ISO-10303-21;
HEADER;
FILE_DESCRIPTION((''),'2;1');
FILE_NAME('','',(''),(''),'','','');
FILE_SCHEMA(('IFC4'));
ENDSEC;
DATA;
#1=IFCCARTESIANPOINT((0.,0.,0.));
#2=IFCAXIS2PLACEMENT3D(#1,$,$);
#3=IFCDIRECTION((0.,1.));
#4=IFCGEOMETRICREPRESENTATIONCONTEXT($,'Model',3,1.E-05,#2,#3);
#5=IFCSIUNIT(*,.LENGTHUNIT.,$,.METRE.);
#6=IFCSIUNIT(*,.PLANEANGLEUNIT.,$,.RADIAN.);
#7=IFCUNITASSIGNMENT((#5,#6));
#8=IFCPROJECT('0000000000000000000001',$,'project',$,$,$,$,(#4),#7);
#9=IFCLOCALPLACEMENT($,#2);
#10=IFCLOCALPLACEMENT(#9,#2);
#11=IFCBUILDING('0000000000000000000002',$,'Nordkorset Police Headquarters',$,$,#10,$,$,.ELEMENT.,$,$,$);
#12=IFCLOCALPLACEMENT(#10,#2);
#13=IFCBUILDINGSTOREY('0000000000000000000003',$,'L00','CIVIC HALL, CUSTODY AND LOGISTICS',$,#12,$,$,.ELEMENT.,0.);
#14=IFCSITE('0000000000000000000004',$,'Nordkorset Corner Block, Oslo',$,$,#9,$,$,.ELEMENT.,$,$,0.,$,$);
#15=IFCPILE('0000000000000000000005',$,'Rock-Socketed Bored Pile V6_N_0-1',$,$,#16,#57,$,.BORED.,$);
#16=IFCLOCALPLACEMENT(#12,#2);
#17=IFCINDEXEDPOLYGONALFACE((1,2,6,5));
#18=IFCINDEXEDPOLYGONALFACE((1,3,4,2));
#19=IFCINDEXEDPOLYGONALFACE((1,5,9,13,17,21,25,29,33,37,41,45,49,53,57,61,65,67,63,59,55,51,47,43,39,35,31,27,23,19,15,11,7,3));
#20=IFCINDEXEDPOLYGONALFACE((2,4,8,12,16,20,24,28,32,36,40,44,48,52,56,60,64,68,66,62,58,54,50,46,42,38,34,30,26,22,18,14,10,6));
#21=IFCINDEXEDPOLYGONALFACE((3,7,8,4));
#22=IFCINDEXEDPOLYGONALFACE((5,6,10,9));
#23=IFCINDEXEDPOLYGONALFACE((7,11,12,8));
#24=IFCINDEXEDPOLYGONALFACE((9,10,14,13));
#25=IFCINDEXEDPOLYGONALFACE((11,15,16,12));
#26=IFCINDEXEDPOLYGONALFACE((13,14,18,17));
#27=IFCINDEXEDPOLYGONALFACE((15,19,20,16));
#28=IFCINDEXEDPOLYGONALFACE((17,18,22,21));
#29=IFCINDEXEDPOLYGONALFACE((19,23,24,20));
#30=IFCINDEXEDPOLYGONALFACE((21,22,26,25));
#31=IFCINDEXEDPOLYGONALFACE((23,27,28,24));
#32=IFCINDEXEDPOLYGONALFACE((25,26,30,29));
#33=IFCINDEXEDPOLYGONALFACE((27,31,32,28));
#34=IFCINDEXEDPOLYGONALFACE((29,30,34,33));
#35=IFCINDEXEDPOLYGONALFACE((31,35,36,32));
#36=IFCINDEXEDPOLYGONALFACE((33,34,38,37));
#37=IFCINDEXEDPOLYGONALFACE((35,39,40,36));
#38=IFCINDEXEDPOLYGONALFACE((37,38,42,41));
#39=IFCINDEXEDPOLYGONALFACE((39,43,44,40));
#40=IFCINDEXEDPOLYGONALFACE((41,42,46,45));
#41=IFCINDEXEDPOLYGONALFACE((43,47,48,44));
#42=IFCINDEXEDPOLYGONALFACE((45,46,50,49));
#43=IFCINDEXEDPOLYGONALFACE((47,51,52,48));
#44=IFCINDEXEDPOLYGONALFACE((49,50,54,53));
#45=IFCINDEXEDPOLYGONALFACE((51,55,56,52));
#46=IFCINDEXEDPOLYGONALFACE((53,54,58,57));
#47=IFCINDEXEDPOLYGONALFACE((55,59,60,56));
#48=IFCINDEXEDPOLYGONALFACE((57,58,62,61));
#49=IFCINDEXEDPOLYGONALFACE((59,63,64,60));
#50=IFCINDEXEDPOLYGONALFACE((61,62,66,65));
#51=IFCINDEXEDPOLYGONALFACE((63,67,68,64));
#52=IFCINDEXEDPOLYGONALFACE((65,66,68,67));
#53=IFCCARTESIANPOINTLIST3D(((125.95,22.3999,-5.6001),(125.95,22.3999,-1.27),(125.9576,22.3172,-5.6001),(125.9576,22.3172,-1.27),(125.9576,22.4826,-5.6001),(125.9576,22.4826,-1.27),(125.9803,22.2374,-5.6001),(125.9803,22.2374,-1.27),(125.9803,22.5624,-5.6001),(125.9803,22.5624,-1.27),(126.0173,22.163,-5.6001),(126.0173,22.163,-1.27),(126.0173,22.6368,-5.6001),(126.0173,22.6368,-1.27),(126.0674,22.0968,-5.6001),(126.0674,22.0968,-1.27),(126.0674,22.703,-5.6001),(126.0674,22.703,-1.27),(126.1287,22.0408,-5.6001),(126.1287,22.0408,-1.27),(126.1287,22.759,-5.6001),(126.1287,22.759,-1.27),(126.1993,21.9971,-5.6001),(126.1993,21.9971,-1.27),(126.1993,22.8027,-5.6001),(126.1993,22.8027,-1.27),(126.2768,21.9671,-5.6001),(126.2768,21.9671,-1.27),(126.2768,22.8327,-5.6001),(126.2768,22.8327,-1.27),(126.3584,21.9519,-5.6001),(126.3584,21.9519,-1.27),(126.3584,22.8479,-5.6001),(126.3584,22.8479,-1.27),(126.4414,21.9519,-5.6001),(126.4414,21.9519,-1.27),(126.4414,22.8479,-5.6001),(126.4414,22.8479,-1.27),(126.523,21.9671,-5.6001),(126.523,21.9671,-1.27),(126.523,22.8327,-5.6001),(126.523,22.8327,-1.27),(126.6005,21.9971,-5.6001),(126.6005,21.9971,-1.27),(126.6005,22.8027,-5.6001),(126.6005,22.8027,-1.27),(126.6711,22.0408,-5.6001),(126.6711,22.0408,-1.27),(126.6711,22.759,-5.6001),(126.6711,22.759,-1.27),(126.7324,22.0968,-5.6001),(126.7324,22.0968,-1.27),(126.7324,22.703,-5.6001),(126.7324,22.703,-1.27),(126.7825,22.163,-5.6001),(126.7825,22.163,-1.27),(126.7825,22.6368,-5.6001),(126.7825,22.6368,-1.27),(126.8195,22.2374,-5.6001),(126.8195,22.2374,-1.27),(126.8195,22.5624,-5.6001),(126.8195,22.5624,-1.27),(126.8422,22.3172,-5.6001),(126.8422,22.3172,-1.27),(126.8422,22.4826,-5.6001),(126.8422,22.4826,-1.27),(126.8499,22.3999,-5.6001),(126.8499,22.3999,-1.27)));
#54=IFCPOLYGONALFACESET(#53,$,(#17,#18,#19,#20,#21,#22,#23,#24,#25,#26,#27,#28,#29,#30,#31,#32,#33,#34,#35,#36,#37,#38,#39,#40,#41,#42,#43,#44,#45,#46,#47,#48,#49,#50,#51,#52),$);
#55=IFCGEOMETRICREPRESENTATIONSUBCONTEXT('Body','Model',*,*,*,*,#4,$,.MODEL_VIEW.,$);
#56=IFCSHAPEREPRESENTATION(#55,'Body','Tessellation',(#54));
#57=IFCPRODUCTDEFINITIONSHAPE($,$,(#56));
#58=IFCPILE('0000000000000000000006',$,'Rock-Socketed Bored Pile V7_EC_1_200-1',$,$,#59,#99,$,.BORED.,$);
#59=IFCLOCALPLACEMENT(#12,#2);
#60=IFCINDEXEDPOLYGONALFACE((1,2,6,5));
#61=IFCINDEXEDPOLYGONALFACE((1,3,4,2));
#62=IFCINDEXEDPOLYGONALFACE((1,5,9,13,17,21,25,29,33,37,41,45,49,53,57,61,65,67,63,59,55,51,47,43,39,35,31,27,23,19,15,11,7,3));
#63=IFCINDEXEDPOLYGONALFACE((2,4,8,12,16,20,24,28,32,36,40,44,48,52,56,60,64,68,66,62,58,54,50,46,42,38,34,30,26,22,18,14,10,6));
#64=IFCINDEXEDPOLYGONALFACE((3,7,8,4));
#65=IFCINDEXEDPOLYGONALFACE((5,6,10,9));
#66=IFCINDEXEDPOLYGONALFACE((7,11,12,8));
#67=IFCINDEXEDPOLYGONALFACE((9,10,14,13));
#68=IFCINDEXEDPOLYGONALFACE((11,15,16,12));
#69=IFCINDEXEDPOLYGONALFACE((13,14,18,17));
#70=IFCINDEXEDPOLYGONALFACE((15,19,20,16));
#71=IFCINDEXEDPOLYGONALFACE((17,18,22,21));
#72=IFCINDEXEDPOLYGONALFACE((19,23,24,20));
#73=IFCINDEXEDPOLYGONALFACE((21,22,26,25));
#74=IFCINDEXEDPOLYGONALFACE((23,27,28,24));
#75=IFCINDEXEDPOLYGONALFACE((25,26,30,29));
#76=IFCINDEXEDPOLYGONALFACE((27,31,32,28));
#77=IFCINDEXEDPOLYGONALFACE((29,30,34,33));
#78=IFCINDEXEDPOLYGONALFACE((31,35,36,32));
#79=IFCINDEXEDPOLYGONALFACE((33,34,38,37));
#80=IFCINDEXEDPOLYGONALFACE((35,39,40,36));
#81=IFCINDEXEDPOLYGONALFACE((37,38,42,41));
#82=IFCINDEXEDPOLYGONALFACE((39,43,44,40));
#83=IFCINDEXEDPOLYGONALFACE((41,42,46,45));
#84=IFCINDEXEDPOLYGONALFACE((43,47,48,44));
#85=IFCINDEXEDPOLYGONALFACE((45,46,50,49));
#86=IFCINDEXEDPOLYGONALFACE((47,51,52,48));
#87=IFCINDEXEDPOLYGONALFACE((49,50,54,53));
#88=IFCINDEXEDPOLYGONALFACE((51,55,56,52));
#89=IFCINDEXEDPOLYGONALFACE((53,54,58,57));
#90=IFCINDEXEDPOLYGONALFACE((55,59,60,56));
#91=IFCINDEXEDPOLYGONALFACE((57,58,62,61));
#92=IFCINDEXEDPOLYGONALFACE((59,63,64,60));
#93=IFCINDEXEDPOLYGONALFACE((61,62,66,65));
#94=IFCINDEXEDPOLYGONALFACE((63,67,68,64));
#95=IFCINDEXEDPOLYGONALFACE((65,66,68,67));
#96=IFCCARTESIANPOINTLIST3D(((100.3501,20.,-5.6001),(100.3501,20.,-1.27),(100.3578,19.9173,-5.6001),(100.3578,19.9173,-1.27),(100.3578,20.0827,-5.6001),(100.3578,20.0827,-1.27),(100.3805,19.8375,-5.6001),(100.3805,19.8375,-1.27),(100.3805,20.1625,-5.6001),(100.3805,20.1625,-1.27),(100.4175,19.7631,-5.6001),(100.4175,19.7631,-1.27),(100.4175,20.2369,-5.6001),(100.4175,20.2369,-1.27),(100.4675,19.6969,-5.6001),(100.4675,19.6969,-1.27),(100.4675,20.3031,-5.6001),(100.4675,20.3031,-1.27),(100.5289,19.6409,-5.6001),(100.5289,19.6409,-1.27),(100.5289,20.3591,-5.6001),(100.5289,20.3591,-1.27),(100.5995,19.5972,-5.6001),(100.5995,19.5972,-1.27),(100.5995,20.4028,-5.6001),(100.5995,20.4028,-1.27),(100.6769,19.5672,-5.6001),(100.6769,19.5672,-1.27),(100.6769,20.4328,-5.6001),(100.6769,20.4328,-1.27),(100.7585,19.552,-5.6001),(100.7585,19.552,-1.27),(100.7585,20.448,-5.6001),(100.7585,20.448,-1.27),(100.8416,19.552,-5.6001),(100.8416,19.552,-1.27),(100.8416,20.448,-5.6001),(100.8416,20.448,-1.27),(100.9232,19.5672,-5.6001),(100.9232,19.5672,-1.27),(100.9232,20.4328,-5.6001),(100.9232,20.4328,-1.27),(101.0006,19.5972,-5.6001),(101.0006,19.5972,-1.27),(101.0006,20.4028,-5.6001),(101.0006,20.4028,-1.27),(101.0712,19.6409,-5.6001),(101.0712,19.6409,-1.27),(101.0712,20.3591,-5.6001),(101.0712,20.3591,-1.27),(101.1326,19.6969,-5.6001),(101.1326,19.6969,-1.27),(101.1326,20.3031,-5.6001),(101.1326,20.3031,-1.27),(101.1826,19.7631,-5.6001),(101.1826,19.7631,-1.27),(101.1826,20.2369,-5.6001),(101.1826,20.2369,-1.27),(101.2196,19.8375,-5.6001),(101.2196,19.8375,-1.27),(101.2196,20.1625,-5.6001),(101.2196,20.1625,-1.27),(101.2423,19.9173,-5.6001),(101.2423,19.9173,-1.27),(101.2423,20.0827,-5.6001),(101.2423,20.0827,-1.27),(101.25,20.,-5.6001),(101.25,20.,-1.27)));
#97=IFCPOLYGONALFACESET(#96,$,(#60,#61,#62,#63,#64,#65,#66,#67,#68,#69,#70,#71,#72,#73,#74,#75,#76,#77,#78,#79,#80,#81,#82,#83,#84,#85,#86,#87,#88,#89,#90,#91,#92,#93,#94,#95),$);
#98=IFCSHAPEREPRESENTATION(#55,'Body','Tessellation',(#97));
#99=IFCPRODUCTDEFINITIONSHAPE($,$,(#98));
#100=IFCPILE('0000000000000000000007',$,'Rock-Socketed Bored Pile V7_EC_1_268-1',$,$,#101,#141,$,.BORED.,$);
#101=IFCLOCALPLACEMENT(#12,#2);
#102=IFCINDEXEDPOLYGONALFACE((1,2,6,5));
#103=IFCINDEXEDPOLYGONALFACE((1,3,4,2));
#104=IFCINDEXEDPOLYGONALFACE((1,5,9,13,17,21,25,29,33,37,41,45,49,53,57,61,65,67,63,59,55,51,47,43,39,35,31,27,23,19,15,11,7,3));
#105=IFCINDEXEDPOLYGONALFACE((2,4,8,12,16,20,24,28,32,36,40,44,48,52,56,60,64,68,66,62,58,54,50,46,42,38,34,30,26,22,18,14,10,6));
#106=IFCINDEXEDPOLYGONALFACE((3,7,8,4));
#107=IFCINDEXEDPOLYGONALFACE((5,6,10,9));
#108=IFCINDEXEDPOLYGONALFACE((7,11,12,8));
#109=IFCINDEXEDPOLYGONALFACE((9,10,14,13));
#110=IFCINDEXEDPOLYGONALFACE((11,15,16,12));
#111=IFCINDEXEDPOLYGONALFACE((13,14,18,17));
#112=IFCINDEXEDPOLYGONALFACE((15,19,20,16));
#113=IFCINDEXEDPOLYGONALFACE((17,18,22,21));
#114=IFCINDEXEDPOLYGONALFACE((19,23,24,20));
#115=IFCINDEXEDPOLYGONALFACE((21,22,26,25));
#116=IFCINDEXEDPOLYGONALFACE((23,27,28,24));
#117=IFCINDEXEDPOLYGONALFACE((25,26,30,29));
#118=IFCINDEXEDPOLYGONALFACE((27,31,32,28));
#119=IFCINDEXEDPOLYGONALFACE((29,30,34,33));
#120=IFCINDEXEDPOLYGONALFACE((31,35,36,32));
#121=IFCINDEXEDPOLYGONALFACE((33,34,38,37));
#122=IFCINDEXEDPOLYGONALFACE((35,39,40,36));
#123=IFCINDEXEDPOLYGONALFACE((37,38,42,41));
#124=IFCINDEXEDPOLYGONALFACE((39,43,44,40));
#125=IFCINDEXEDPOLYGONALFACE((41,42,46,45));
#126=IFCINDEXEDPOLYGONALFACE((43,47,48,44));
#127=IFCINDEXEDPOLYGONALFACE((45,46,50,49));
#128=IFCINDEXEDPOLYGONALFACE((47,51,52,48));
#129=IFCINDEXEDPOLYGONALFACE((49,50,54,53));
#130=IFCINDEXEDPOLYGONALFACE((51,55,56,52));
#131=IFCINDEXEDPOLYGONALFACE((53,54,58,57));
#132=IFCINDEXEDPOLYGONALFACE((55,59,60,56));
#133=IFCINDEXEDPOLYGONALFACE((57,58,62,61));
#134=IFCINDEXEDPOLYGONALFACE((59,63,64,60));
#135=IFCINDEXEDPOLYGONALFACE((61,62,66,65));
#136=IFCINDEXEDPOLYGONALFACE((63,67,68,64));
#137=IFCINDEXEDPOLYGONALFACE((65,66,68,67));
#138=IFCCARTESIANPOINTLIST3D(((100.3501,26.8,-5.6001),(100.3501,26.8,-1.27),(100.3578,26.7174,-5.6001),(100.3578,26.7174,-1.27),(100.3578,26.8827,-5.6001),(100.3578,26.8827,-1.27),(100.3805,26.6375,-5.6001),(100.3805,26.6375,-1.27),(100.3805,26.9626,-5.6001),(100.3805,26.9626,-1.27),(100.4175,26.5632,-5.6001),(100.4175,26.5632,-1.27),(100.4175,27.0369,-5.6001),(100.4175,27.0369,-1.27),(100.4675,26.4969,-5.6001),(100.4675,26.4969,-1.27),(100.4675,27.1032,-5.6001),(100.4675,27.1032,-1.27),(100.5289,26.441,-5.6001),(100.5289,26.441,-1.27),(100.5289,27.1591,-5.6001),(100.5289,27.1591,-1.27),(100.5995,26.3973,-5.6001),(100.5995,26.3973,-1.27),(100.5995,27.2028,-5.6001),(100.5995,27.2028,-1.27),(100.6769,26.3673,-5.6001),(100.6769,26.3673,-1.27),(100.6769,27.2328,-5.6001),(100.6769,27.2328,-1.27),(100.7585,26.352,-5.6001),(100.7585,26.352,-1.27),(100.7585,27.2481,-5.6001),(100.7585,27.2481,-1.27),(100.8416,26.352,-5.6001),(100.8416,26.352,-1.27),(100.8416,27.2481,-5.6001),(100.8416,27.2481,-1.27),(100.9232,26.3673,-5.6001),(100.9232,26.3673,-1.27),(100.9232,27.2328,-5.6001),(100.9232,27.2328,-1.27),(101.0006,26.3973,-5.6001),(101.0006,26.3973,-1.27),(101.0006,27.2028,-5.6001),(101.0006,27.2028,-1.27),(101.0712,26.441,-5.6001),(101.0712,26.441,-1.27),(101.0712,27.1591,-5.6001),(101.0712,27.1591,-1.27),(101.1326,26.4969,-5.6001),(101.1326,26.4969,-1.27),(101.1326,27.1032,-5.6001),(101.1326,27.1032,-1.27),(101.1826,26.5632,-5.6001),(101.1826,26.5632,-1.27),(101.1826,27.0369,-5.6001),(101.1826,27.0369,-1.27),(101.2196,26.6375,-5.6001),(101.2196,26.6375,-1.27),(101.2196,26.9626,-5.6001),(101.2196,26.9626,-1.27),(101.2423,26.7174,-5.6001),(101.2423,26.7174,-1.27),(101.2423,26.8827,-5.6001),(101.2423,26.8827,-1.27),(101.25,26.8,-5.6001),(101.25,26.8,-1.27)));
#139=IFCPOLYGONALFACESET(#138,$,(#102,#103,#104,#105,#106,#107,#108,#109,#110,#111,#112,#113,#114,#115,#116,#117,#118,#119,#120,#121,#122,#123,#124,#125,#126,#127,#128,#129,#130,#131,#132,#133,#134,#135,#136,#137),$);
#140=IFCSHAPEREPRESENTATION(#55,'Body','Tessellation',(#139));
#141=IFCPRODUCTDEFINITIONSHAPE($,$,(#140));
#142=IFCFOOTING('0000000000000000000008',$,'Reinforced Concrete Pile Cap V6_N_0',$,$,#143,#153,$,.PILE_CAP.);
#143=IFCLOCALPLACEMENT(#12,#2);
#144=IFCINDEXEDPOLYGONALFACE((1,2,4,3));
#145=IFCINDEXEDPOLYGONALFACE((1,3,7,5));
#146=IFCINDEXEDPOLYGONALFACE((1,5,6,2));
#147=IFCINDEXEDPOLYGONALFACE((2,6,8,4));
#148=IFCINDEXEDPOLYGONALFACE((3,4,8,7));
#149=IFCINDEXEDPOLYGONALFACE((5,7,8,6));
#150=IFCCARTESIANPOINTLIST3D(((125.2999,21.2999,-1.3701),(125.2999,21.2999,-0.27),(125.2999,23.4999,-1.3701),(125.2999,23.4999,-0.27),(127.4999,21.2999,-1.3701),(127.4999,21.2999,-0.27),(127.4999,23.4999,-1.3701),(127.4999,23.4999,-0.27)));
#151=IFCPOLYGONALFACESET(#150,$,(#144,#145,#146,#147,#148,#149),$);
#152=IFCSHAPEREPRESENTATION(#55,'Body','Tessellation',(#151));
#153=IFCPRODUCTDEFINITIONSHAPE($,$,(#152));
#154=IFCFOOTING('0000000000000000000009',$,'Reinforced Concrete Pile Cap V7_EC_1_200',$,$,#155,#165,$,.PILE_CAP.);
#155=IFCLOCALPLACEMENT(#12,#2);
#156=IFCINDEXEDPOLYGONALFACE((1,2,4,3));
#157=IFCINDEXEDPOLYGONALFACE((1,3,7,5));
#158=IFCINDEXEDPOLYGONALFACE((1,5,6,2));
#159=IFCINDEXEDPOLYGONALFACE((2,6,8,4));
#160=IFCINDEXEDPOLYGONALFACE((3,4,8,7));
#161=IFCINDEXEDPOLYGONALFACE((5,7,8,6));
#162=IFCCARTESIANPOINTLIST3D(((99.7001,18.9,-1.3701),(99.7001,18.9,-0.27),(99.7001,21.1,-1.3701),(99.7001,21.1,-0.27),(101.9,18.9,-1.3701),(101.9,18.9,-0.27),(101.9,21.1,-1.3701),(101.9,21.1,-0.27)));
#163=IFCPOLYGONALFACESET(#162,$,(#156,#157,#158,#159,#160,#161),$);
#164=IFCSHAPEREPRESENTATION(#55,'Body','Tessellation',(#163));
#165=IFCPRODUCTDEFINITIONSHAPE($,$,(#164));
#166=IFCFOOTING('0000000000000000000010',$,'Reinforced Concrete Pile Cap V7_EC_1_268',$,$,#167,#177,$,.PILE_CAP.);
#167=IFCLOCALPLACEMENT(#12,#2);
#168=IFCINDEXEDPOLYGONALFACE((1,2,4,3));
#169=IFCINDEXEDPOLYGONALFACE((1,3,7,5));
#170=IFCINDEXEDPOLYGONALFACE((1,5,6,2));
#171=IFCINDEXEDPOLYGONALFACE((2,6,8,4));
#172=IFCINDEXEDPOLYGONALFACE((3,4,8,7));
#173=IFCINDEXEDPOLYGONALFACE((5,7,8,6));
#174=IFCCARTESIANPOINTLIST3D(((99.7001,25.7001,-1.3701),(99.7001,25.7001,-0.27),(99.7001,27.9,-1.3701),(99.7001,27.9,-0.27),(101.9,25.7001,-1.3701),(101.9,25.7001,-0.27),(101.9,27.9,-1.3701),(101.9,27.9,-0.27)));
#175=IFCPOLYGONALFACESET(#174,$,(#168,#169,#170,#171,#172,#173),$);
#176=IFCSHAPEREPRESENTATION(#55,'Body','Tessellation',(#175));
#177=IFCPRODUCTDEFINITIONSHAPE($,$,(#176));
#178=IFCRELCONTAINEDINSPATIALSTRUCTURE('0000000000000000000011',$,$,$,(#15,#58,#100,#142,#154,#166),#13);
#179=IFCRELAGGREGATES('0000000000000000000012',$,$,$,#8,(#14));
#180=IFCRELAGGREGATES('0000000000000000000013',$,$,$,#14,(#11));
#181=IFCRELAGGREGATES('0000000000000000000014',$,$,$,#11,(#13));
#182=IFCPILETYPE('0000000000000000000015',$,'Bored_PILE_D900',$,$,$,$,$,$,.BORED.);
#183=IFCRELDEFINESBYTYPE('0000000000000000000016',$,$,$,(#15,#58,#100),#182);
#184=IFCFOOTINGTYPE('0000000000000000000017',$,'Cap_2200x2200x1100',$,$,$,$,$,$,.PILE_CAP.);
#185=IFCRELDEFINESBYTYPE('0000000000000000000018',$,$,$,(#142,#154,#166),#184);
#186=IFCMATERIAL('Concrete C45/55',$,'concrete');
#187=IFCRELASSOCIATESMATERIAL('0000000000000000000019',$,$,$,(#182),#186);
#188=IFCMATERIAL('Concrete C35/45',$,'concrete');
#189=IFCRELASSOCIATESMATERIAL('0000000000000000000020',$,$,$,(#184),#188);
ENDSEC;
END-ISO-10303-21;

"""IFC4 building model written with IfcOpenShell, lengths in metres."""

from ifc_helpers import new_model, si_unit, direction, frame, origin, origin_2d, place, context, subcontext, project, spatial, rectangle, circle, extrude, material, material_profile, profile_set, type_object, element, save


model = new_model("IFC4")

# Units and contexts
model_context = context("Model", 3, precision=1e-05, world=origin(), true_north=direction((0.0, 1.0)))
body_context = subcontext(model_context, "Body", "Model", "MODEL_VIEW")
ifc_project = project(units=[si_unit("LENGTHUNIT", "METRE"), si_unit("PLANEANGLEUNIT", "RADIAN")], contexts=[model_context])

# Site, building, storey
site_placement = place(None, origin())
site = spatial("IfcSite", under=ifc_project, at=site_placement, Name="Nordkorset Corner Block, Oslo", CompositionType="ELEMENT", RefElevation=0.0)
building_placement = place(site_placement, origin())
building = spatial("IfcBuilding", under=site, at=building_placement, Name="Nordkorset Police Headquarters", CompositionType="ELEMENT")
storey_placement = place(building_placement, origin())
storey = spatial("IfcBuildingStorey", under=building, at=storey_placement, Name="L00", Description="CIVIC HALL, CUSTODY AND LOGISTICS", CompositionType="ELEMENT", Elevation=0.0)

# Piles
ifc_material_1 = material(Name="Concrete C45/55", Category="concrete")
ifc_material_profile_1 = material_profile(ifc_material_1, circle(Radius=0.45, at=origin_2d()), Name="PILE D900")
ifc_profile_set_1 = profile_set([ifc_material_profile_1], Name="Concrete C45/55")
pile_type = type_object("IfcPileType", Name="Bored_PILE_D900", PredefinedType="BORED", material=ifc_profile_set_1)
for number, where, z_axis, x_axis, name in (
    (1, (126.3999, 22.3999, -1.27), (0.0, 0.0, -1.0), (1.0, 0.0, 0.0), "Rock-Socketed Bored Pile V6_N_0-1"),
    (2, (100.8, 20.0, -1.27), (0.0, 0.0, -1.0), (1.0, 0.0, 0.0), "Rock-Socketed Bored Pile V7_EC_1_200-1"),
    (3, (100.8, 26.8, -1.27), (0.0, 0.0, -1.0), (1.0, 0.0, 0.0), "Rock-Socketed Bored Pile V7_EC_1_268-1"),
):
    element("IfcPile", number, at=place(storey_placement, frame(where, z_axis=z_axis, x_axis=x_axis)), inside=storey, type_object=pile_type, Name=name, PredefinedType="BORED", context=body_context, shape_type="SweptSolid", body=[
        extrude(circle(Radius=0.45, at=origin_2d()), origin(), (0.0, 0.0, 1.0), 4.3301),
    ])

# Footings
ifc_material_2 = material(Name="Concrete C35/45", Category="concrete")
footing_type = type_object("IfcFootingType", Name="Cap_2200x2200x1100", PredefinedType="PILE_CAP", material=ifc_material_2)
for number, where, z_axis, x_axis, name in (
    (4, (126.3999, 22.3999, -1.3701), (0.0, 0.0, 1.0), (1.0, 0.0, 0.0), "Reinforced Concrete Pile Cap V6_N_0"),
    (5, (100.8, 20.0, -1.3701), (0.0, 0.0, 1.0), (1.0, 0.0, 0.0), "Reinforced Concrete Pile Cap V7_EC_1_200"),
    (6, (100.8, 26.8, -1.3701), (0.0, 0.0, 1.0), (1.0, 0.0, 0.0), "Reinforced Concrete Pile Cap V7_EC_1_268"),
):
    element("IfcFooting", number, at=place(storey_placement, frame(where, z_axis=z_axis, x_axis=x_axis)), inside=storey, type_object=footing_type, Name=name, PredefinedType="PILE_CAP", context=body_context, shape_type="SweptSolid", body=[
        extrude(rectangle(XDim=2.2, YDim=2.2, at=origin_2d()), origin(), (0.0, 0.0, 1.0), 1.1001),
    ])

save(model, "model.ifc")
